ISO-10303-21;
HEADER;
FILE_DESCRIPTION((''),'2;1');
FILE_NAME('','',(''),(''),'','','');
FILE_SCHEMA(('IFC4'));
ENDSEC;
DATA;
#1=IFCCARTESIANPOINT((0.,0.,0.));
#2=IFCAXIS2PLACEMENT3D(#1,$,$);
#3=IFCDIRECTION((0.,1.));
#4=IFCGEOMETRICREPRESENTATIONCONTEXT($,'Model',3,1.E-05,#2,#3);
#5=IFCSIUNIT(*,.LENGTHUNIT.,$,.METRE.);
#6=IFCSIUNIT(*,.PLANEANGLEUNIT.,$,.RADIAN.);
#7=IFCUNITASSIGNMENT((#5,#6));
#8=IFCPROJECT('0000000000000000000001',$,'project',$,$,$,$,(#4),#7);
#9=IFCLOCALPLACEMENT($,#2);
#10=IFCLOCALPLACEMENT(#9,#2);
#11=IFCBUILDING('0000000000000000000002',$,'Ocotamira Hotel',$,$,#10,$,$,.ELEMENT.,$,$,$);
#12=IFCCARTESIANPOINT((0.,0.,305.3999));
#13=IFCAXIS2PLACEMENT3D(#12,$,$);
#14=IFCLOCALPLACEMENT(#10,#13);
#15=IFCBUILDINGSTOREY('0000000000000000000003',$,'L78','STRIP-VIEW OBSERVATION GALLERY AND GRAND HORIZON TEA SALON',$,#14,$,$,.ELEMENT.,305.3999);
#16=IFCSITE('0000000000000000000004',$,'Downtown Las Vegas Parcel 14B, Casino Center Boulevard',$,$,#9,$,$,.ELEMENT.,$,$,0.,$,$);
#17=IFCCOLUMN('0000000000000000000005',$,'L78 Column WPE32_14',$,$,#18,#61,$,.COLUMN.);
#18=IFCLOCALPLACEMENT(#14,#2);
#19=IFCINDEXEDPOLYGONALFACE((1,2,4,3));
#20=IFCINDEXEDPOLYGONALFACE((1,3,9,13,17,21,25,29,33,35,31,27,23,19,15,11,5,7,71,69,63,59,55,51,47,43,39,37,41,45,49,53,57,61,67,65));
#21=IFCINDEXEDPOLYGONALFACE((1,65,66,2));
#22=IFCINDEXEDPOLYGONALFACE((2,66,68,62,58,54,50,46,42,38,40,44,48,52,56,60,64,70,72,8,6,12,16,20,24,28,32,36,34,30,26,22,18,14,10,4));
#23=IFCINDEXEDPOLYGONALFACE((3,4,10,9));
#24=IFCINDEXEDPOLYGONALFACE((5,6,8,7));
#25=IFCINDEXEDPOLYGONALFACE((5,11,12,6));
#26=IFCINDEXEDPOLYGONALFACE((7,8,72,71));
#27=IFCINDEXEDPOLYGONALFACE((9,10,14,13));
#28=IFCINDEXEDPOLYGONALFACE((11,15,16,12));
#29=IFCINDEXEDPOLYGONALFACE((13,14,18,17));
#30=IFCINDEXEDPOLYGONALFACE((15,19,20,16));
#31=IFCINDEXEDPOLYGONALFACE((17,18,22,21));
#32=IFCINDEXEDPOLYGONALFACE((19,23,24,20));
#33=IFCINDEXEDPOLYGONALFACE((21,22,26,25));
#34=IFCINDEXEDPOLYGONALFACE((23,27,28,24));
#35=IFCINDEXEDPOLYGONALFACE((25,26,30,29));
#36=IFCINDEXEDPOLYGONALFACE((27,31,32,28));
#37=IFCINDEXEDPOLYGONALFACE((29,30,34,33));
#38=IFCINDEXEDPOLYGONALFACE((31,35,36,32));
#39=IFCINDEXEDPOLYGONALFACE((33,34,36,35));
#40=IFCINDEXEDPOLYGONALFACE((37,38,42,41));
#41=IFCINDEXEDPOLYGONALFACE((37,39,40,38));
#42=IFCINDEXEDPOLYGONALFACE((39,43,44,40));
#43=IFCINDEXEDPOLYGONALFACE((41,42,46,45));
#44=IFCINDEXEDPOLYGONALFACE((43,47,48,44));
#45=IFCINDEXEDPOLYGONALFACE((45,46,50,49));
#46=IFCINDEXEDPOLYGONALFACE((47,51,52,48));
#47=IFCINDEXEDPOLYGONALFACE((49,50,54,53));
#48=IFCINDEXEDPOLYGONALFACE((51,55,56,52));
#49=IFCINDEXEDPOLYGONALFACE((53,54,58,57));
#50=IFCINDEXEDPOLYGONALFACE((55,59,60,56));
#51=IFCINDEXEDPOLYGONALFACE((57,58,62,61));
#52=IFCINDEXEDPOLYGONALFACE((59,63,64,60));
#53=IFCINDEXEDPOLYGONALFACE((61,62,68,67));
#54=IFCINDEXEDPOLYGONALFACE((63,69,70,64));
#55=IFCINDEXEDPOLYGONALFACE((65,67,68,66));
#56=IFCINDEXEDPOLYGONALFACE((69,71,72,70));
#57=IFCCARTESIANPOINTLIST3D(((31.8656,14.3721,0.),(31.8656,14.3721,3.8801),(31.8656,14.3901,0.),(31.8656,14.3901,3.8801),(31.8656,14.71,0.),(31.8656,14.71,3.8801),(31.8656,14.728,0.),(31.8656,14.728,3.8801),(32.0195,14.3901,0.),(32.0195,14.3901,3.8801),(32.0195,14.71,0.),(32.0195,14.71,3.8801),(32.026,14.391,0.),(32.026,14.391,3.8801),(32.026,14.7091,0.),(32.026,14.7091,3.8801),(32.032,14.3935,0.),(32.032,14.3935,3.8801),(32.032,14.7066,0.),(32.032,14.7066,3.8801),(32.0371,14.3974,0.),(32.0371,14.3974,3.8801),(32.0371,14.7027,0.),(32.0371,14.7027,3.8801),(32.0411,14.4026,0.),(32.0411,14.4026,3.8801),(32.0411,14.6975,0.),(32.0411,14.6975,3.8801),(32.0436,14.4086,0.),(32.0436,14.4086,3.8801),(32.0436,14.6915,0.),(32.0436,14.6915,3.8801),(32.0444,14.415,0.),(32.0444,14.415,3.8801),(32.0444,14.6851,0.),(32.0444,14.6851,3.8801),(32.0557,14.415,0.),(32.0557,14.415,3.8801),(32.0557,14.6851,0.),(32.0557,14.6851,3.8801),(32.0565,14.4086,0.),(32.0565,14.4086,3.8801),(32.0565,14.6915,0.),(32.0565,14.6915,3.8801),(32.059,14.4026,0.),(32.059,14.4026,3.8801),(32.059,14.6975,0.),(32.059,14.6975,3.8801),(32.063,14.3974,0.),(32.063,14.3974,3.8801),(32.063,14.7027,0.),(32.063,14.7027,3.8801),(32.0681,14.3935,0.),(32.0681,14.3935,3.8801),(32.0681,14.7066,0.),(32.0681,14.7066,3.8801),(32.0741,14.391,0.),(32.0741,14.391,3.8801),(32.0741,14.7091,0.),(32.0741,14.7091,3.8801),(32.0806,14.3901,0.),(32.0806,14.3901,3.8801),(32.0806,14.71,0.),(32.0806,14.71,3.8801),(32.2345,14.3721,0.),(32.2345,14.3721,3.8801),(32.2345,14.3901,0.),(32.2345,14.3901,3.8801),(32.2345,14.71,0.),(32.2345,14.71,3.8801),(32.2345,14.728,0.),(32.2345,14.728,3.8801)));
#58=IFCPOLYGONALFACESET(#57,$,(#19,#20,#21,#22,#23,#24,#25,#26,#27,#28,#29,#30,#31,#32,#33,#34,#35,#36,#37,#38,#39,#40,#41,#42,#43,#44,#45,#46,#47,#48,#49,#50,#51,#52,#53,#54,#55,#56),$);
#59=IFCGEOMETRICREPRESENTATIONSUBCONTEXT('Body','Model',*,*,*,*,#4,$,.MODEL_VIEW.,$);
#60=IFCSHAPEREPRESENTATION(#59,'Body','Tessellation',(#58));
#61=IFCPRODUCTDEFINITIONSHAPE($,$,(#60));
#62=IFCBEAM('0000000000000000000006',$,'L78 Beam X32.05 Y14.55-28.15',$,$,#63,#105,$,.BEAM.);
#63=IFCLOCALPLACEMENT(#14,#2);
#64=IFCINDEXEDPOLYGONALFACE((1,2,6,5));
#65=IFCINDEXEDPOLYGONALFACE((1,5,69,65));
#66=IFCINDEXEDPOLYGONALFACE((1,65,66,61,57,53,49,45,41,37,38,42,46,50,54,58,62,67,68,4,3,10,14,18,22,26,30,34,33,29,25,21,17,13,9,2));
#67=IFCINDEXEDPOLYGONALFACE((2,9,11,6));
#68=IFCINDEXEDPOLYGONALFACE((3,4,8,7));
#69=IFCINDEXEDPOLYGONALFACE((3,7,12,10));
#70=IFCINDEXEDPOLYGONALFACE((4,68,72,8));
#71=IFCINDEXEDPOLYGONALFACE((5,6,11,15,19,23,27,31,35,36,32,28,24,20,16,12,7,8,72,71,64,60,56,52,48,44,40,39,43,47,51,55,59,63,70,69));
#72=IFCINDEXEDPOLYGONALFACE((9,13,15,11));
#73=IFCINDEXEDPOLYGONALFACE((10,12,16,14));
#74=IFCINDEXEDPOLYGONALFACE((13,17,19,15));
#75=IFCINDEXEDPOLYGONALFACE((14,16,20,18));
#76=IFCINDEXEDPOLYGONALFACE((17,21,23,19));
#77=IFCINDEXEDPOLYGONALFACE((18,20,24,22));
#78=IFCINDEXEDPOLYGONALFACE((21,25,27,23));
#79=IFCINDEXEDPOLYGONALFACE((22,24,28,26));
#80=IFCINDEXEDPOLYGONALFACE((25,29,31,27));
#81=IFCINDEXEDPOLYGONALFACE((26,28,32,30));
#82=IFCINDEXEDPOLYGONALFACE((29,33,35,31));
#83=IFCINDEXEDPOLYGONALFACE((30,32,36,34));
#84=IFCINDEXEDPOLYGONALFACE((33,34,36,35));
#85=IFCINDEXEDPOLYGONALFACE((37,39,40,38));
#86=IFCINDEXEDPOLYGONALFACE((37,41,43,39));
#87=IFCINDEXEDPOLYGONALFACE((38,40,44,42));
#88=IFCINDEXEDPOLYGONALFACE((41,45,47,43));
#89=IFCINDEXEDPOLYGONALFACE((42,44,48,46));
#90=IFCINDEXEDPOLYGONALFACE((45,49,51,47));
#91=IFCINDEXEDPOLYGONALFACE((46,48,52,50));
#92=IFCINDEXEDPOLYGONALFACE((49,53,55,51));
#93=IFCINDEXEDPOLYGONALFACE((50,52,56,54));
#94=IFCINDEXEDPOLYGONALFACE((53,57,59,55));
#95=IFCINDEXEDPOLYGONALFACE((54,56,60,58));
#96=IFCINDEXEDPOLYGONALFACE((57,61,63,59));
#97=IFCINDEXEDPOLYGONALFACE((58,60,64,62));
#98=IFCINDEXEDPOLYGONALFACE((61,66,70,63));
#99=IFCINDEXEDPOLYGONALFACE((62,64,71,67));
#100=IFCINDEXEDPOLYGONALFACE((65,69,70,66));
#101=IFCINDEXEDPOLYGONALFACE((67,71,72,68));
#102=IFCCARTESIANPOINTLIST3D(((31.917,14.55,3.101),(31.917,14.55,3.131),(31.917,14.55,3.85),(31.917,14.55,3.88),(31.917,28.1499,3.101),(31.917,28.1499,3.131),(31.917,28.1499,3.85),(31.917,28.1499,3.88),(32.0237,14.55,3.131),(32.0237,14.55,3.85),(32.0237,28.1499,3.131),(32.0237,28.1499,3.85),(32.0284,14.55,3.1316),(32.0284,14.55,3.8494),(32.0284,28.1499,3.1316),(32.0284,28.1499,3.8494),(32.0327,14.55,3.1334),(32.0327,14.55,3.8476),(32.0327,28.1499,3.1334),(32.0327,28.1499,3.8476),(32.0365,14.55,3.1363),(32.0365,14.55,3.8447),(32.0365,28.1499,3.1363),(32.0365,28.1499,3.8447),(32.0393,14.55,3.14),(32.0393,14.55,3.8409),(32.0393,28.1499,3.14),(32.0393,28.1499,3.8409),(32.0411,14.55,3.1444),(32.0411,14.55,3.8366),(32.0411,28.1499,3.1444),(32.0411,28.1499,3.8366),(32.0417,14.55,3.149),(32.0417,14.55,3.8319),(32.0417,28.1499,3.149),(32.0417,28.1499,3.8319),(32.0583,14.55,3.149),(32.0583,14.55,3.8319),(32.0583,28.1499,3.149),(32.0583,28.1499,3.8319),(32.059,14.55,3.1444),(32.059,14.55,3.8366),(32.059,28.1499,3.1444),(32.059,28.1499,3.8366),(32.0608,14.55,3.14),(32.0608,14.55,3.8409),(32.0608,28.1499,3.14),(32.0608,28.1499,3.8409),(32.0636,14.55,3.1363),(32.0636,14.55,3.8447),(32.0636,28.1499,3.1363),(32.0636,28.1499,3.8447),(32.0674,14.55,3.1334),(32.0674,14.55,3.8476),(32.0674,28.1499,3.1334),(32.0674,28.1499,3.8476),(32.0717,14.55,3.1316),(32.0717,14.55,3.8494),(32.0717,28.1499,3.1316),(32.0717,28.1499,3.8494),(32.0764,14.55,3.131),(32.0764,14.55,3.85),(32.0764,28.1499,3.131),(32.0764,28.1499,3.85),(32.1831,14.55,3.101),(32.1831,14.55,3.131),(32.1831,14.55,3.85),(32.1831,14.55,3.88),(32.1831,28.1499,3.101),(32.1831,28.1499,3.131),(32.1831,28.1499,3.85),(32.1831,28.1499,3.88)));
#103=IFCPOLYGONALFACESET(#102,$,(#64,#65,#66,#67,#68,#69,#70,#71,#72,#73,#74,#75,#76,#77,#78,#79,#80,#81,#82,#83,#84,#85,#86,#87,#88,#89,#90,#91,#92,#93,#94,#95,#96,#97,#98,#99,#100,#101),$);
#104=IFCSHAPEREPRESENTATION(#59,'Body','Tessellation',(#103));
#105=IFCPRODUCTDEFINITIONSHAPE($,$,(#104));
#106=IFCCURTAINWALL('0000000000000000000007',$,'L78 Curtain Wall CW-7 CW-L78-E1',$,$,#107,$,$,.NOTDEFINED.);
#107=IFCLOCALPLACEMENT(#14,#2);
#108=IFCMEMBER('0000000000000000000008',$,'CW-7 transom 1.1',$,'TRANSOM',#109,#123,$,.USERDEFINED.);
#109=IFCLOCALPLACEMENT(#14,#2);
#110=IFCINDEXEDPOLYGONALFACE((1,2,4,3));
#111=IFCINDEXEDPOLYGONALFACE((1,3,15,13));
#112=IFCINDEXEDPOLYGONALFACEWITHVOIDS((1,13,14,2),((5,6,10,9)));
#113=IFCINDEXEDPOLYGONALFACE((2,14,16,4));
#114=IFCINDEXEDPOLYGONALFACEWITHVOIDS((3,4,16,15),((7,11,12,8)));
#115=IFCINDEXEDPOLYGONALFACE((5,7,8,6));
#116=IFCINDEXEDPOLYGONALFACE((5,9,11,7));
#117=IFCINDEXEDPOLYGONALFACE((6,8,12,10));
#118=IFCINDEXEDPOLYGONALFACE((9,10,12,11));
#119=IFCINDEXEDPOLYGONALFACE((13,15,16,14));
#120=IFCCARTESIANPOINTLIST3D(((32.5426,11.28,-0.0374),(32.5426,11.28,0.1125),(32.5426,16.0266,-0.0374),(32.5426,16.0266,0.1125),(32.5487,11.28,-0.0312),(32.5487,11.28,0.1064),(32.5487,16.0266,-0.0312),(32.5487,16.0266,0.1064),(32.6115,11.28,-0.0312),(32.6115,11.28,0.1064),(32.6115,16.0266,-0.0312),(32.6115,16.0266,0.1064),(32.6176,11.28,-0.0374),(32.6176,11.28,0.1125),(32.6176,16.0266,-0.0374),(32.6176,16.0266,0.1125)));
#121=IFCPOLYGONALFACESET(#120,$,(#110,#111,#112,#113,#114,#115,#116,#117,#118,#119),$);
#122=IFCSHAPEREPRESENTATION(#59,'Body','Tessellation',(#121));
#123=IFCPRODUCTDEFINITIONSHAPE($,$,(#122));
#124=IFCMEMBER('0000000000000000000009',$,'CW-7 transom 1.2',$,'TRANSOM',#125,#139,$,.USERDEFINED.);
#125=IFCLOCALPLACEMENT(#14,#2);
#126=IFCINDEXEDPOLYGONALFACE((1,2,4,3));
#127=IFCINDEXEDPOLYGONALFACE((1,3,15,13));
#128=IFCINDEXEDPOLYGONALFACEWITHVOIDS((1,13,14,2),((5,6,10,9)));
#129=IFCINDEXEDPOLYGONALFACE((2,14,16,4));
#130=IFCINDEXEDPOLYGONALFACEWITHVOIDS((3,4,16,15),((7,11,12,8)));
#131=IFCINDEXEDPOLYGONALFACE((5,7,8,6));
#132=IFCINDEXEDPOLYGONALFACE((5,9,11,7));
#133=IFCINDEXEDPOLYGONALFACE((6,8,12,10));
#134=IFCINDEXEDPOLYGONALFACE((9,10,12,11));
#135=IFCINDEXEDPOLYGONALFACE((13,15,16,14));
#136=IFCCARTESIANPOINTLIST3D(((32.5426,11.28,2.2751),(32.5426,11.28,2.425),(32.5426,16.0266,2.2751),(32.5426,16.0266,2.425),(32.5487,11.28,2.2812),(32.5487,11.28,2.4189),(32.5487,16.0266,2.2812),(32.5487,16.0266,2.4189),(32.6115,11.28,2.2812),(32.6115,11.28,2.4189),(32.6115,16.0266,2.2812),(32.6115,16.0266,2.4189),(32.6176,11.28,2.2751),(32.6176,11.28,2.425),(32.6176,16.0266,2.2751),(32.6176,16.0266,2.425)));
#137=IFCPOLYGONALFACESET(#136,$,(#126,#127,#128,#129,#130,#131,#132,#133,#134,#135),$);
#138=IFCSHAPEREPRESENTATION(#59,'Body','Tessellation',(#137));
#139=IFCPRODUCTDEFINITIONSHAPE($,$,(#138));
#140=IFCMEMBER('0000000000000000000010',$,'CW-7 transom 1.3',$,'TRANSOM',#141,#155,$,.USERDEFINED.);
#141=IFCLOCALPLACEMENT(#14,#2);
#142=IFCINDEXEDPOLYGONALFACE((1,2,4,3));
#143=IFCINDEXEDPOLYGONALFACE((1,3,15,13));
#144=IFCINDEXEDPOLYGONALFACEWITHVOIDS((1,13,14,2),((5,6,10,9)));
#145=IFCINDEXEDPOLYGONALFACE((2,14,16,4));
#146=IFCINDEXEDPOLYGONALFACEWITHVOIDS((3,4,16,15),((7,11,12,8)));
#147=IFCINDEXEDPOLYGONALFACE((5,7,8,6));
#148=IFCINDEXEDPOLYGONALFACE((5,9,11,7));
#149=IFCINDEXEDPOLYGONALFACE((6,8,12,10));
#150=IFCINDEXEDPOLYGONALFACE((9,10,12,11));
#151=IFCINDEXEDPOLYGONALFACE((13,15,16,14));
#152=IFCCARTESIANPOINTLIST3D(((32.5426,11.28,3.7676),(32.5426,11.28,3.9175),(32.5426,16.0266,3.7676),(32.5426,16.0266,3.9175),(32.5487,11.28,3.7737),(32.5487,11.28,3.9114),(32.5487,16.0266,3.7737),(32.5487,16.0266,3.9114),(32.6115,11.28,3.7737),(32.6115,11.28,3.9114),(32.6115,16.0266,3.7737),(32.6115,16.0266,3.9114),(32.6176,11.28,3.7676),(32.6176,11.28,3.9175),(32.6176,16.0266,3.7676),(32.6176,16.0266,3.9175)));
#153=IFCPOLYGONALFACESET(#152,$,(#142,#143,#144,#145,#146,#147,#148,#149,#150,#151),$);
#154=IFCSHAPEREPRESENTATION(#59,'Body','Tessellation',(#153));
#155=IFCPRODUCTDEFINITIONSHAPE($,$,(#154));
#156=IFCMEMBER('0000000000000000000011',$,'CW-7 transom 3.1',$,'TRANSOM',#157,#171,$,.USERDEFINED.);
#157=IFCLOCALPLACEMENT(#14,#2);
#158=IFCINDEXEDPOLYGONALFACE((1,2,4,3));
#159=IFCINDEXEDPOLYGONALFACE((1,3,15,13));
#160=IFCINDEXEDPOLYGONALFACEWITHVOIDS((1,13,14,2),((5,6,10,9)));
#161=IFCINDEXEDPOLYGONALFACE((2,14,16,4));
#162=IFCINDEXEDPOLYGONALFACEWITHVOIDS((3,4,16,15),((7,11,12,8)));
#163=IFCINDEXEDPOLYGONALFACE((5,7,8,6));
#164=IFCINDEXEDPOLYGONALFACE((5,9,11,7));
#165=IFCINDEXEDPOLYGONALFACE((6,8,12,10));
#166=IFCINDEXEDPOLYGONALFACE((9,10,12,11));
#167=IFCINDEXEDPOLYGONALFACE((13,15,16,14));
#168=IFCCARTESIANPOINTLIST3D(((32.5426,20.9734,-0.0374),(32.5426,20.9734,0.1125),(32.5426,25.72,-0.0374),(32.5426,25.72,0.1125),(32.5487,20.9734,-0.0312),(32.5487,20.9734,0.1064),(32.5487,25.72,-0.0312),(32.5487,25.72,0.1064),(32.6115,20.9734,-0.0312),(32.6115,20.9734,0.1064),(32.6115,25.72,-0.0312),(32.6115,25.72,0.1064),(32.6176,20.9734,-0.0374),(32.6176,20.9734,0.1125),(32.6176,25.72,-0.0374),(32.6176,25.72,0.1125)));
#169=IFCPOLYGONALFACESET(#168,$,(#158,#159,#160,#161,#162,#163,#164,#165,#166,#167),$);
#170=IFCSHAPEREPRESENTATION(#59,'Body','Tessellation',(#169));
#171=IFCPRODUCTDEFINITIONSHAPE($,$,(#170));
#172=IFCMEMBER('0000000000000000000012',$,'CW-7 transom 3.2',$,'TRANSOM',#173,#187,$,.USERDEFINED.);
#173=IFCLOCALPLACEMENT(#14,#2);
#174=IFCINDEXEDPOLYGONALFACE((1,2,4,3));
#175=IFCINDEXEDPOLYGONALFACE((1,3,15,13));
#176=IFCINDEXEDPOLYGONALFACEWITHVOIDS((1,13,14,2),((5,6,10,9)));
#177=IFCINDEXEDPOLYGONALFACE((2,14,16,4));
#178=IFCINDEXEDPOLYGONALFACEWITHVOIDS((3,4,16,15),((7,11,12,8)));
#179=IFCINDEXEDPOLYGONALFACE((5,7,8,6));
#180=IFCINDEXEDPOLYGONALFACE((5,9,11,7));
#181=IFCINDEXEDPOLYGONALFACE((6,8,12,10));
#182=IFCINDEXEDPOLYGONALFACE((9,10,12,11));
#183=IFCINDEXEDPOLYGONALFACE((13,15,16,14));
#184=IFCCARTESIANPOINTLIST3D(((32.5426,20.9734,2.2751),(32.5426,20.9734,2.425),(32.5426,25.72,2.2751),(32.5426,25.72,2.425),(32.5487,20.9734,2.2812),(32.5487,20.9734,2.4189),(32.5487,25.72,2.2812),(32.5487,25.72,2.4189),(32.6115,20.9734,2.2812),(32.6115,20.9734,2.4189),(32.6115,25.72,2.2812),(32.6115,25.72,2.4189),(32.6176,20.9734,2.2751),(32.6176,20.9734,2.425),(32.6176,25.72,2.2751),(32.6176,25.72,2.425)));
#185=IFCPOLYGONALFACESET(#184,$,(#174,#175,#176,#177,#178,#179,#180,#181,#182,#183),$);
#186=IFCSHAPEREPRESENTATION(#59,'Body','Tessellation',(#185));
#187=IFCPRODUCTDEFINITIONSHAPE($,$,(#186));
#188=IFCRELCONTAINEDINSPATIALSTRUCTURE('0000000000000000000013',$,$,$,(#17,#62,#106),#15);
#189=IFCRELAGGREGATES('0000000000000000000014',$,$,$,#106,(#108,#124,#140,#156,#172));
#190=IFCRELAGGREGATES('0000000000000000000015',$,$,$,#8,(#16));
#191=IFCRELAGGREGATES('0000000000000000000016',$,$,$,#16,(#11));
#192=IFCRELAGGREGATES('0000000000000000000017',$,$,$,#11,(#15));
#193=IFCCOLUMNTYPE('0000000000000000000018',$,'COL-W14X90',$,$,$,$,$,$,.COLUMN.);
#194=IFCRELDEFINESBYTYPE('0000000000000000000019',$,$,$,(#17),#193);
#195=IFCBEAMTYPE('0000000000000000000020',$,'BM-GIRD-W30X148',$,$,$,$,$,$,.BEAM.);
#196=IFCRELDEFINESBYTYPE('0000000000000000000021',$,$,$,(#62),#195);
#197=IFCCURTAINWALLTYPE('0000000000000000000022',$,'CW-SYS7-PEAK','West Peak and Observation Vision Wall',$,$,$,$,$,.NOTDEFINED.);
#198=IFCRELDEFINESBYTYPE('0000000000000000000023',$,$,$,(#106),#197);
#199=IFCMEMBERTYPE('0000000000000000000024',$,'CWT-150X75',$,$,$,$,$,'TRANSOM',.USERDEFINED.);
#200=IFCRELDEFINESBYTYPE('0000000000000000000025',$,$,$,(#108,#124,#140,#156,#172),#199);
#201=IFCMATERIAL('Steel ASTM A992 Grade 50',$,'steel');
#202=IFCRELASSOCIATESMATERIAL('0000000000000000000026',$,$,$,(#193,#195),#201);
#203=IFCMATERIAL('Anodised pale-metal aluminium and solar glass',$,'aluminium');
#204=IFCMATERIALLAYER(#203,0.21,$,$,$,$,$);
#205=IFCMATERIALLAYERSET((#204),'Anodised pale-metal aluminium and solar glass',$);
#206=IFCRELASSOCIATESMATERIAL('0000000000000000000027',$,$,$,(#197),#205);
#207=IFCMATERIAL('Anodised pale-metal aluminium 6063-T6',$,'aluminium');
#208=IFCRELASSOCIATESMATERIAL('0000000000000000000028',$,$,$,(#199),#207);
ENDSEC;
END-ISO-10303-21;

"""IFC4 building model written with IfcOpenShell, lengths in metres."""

from ifc_helpers import new_model, si_unit, direction, frame, origin, origin_2d, place, context, subcontext, project, spatial, hollow_rectangle, i_section, extrude, source, transform, mapped, material, layer, layer_set, material_profile, profile_set, type_object, element, aggregate, save


model = new_model("IFC4")

# Units and contexts
model_context = context("Model", 3, precision=1e-05, world=origin(), true_north=direction((0.0, 1.0)))
body_context = subcontext(model_context, "Body", "Model", "MODEL_VIEW")
ifc_project = project(units=[si_unit("LENGTHUNIT", "METRE"), si_unit("PLANEANGLEUNIT", "RADIAN")], contexts=[model_context])

# Site, building, storey
site_placement = place(None, origin())
site = spatial("IfcSite", under=ifc_project, at=site_placement, Name="Downtown Las Vegas Parcel 14B, Casino Center Boulevard", CompositionType="ELEMENT", RefElevation=0.0)
building_placement = place(site_placement, origin())
building = spatial("IfcBuilding", under=site, at=building_placement, Name="Ocotamira Hotel", CompositionType="ELEMENT")
storey_placement = place(building_placement, frame((0.0, 0.0, 305.3999)))
storey = spatial("IfcBuildingStorey", under=building, at=storey_placement, Name="L78", Description="STRIP-VIEW OBSERVATION GALLERY AND GRAND HORIZON TEA SALON", CompositionType="ELEMENT", Elevation=305.3999)

# Column
ifc_material_1 = material(Name="Steel ASTM A992 Grade 50", Category="steel")
ifc_material_profile_1 = material_profile(ifc_material_1, i_section(OverallWidth=0.3689, OverallDepth=0.356, WebThickness=0.0112, FlangeThickness=0.0181, FilletRadius=0.0249, at=origin_2d()), Name="W14X90")
ifc_profile_set_1 = profile_set([ifc_material_profile_1], Name="Steel ASTM A992 Grade 50")
column_type = type_object("IfcColumnType", Name="COL-W14X90", PredefinedType="COLUMN", material=ifc_profile_set_1)
shared_shape_1 = source(origin(), body_context, "Body", "SweptSolid", [
    extrude(i_section(OverallWidth=0.3689, OverallDepth=0.356, WebThickness=0.0112, FlangeThickness=0.0181, FilletRadius=0.0249, at=origin_2d()), origin(), (0.0, 0.0, 1.0), 3.8801),
])
column_placement = place(storey_placement, frame((32.05, 14.55, 0.0), z_axis=(0.0, 0.0, 1.0), x_axis=(1.0, 0.0, 0.0)))
element("IfcColumn", 1, at=column_placement, inside=storey, type_object=column_type, Name="L78 Column WPE32_14", PredefinedType="COLUMN", context=body_context, shape_type="MappedRepresentation", body=[
    mapped(shared_shape_1, transform((0.0, 0.0, 0.0), scale=1.0)),
])

# Beam
ifc_material_profile_2 = material_profile(ifc_material_1, i_section(OverallWidth=0.2661, OverallDepth=0.7791, WebThickness=0.0166, FlangeThickness=0.03, FilletRadius=0.0181, at=origin_2d()), Name="W30X148")
ifc_profile_set_2 = profile_set([ifc_material_profile_2], Name="Steel ASTM A992 Grade 50")
beam_type = type_object("IfcBeamType", Name="BM-GIRD-W30X148", PredefinedType="BEAM", material=ifc_profile_set_2)
shared_shape_2 = source(origin(), body_context, "Body", "SweptSolid", [
    extrude(i_section(OverallWidth=0.2661, OverallDepth=0.7791, WebThickness=0.0166, FlangeThickness=0.03, FilletRadius=0.0181, at=origin_2d()), origin(), (0.0, 0.0, 1.0), 13.5999),
])
beam_placement = place(storey_placement, frame((32.05, 14.55, 3.4905), z_axis=(0.0, 1.0, 0.0), x_axis=(-1.0, 0.0, 0.0)))
element("IfcBeam", 2, at=beam_placement, inside=storey, type_object=beam_type, Name="L78 Beam X32.05 Y14.55-28.15", PredefinedType="BEAM", context=body_context, shape_type="MappedRepresentation", body=[
    mapped(shared_shape_2, transform((0.0, 0.0, 0.0), scale=1.0)),
])

# Curtain wall, members
ifc_material_2 = material(Name="Anodised pale-metal aluminium and solar glass", Category="aluminium")
ifc_layer_1 = layer(ifc_material_2, 0.21)
ifc_layer_set_1 = layer_set([ifc_layer_1], Name="Anodised pale-metal aluminium and solar glass")
curtain_wall_type = type_object("IfcCurtainWallType", Name="CW-SYS7-PEAK", Description="West Peak and Observation Vision Wall", PredefinedType="NOTDEFINED", material=ifc_layer_set_1)
curtain_wall_1_placement = place(storey_placement, origin())
curtain_wall_1 = element("IfcCurtainWall", 3, at=curtain_wall_1_placement, inside=storey, type_object=curtain_wall_type, Name="L78 Curtain Wall CW-7 CW-L78-E1", PredefinedType="NOTDEFINED")
ifc_material_3 = material(Name="Anodised pale-metal aluminium 6063-T6", Category="aluminium")
ifc_material_profile_3 = material_profile(ifc_material_3, hollow_rectangle(XDim=0.075, YDim=0.1499, WallThickness=0.0061, at=origin_2d()), Name="HSS150X75X6")
ifc_profile_set_3 = profile_set([ifc_material_profile_3], Name="Anodised pale-metal aluminium 6063-T6")
member_type_1 = type_object("IfcMemberType", Name="CWT-150X75", ElementType="TRANSOM", PredefinedType="USERDEFINED", material=ifc_profile_set_3)
shared_shape_3 = source(origin(), body_context, "Body", "SweptSolid", [
    extrude(hollow_rectangle(XDim=0.075, YDim=0.1499, WallThickness=0.0061, at=origin_2d()), origin(), (0.0, 0.0, 1.0), 4.7466),
])
member_1_placement = place(storey_placement, frame((32.5801, 11.28, 0.0376), z_axis=(0.0, 1.0, 0.0), x_axis=(-1.0, 0.0, 0.0)))
member_1 = element("IfcMember", 4, at=member_1_placement, type_object=member_type_1, Name="CW-7 transom 1.1", ObjectType="TRANSOM", PredefinedType="USERDEFINED", context=body_context, shape_type="MappedRepresentation", body=[
    mapped(shared_shape_3, transform((0.0, 0.0, 0.0), scale=1.0)),
])
member_2_placement = place(storey_placement, frame((32.5801, 11.28, 2.3501), z_axis=(0.0, 1.0, 0.0), x_axis=(-1.0, 0.0, 0.0)))
member_2 = element("IfcMember", 5, at=member_2_placement, type_object=member_type_1, Name="CW-7 transom 1.2", ObjectType="TRANSOM", PredefinedType="USERDEFINED", context=body_context, shape_type="MappedRepresentation", body=[
    mapped(shared_shape_3, transform((0.0, 0.0, 0.0), scale=1.0)),
])
member_3_placement = place(storey_placement, frame((32.5801, 11.28, 3.8425), z_axis=(0.0, 1.0, 0.0), x_axis=(-1.0, 0.0, 0.0)))
member_3 = element("IfcMember", 6, at=member_3_placement, type_object=member_type_1, Name="CW-7 transom 1.3", ObjectType="TRANSOM", PredefinedType="USERDEFINED", context=body_context, shape_type="MappedRepresentation", body=[
    mapped(shared_shape_3, transform((0.0, 0.0, 0.0), scale=1.0)),
])
member_4_placement = place(storey_placement, frame((32.5801, 20.9734, 0.0376), z_axis=(0.0, 1.0, 0.0), x_axis=(-1.0, 0.0, 0.0)))
member_4 = element("IfcMember", 7, at=member_4_placement, type_object=member_type_1, Name="CW-7 transom 3.1", ObjectType="TRANSOM", PredefinedType="USERDEFINED", context=body_context, shape_type="MappedRepresentation", body=[
    mapped(shared_shape_3, transform((0.0, 0.0, 0.0), scale=1.0)),
])
member_5_placement = place(storey_placement, frame((32.5801, 20.9734, 2.3501), z_axis=(0.0, 1.0, 0.0), x_axis=(-1.0, 0.0, 0.0)))
member_5 = element("IfcMember", 8, at=member_5_placement, type_object=member_type_1, Name="CW-7 transom 3.2", ObjectType="TRANSOM", PredefinedType="USERDEFINED", context=body_context, shape_type="MappedRepresentation", body=[
    mapped(shared_shape_3, transform((0.0, 0.0, 0.0), scale=1.0)),
])

aggregate(curtain_wall_1, [member_1, member_2, member_3, member_4, member_5])

save(model, "model.ifc")
